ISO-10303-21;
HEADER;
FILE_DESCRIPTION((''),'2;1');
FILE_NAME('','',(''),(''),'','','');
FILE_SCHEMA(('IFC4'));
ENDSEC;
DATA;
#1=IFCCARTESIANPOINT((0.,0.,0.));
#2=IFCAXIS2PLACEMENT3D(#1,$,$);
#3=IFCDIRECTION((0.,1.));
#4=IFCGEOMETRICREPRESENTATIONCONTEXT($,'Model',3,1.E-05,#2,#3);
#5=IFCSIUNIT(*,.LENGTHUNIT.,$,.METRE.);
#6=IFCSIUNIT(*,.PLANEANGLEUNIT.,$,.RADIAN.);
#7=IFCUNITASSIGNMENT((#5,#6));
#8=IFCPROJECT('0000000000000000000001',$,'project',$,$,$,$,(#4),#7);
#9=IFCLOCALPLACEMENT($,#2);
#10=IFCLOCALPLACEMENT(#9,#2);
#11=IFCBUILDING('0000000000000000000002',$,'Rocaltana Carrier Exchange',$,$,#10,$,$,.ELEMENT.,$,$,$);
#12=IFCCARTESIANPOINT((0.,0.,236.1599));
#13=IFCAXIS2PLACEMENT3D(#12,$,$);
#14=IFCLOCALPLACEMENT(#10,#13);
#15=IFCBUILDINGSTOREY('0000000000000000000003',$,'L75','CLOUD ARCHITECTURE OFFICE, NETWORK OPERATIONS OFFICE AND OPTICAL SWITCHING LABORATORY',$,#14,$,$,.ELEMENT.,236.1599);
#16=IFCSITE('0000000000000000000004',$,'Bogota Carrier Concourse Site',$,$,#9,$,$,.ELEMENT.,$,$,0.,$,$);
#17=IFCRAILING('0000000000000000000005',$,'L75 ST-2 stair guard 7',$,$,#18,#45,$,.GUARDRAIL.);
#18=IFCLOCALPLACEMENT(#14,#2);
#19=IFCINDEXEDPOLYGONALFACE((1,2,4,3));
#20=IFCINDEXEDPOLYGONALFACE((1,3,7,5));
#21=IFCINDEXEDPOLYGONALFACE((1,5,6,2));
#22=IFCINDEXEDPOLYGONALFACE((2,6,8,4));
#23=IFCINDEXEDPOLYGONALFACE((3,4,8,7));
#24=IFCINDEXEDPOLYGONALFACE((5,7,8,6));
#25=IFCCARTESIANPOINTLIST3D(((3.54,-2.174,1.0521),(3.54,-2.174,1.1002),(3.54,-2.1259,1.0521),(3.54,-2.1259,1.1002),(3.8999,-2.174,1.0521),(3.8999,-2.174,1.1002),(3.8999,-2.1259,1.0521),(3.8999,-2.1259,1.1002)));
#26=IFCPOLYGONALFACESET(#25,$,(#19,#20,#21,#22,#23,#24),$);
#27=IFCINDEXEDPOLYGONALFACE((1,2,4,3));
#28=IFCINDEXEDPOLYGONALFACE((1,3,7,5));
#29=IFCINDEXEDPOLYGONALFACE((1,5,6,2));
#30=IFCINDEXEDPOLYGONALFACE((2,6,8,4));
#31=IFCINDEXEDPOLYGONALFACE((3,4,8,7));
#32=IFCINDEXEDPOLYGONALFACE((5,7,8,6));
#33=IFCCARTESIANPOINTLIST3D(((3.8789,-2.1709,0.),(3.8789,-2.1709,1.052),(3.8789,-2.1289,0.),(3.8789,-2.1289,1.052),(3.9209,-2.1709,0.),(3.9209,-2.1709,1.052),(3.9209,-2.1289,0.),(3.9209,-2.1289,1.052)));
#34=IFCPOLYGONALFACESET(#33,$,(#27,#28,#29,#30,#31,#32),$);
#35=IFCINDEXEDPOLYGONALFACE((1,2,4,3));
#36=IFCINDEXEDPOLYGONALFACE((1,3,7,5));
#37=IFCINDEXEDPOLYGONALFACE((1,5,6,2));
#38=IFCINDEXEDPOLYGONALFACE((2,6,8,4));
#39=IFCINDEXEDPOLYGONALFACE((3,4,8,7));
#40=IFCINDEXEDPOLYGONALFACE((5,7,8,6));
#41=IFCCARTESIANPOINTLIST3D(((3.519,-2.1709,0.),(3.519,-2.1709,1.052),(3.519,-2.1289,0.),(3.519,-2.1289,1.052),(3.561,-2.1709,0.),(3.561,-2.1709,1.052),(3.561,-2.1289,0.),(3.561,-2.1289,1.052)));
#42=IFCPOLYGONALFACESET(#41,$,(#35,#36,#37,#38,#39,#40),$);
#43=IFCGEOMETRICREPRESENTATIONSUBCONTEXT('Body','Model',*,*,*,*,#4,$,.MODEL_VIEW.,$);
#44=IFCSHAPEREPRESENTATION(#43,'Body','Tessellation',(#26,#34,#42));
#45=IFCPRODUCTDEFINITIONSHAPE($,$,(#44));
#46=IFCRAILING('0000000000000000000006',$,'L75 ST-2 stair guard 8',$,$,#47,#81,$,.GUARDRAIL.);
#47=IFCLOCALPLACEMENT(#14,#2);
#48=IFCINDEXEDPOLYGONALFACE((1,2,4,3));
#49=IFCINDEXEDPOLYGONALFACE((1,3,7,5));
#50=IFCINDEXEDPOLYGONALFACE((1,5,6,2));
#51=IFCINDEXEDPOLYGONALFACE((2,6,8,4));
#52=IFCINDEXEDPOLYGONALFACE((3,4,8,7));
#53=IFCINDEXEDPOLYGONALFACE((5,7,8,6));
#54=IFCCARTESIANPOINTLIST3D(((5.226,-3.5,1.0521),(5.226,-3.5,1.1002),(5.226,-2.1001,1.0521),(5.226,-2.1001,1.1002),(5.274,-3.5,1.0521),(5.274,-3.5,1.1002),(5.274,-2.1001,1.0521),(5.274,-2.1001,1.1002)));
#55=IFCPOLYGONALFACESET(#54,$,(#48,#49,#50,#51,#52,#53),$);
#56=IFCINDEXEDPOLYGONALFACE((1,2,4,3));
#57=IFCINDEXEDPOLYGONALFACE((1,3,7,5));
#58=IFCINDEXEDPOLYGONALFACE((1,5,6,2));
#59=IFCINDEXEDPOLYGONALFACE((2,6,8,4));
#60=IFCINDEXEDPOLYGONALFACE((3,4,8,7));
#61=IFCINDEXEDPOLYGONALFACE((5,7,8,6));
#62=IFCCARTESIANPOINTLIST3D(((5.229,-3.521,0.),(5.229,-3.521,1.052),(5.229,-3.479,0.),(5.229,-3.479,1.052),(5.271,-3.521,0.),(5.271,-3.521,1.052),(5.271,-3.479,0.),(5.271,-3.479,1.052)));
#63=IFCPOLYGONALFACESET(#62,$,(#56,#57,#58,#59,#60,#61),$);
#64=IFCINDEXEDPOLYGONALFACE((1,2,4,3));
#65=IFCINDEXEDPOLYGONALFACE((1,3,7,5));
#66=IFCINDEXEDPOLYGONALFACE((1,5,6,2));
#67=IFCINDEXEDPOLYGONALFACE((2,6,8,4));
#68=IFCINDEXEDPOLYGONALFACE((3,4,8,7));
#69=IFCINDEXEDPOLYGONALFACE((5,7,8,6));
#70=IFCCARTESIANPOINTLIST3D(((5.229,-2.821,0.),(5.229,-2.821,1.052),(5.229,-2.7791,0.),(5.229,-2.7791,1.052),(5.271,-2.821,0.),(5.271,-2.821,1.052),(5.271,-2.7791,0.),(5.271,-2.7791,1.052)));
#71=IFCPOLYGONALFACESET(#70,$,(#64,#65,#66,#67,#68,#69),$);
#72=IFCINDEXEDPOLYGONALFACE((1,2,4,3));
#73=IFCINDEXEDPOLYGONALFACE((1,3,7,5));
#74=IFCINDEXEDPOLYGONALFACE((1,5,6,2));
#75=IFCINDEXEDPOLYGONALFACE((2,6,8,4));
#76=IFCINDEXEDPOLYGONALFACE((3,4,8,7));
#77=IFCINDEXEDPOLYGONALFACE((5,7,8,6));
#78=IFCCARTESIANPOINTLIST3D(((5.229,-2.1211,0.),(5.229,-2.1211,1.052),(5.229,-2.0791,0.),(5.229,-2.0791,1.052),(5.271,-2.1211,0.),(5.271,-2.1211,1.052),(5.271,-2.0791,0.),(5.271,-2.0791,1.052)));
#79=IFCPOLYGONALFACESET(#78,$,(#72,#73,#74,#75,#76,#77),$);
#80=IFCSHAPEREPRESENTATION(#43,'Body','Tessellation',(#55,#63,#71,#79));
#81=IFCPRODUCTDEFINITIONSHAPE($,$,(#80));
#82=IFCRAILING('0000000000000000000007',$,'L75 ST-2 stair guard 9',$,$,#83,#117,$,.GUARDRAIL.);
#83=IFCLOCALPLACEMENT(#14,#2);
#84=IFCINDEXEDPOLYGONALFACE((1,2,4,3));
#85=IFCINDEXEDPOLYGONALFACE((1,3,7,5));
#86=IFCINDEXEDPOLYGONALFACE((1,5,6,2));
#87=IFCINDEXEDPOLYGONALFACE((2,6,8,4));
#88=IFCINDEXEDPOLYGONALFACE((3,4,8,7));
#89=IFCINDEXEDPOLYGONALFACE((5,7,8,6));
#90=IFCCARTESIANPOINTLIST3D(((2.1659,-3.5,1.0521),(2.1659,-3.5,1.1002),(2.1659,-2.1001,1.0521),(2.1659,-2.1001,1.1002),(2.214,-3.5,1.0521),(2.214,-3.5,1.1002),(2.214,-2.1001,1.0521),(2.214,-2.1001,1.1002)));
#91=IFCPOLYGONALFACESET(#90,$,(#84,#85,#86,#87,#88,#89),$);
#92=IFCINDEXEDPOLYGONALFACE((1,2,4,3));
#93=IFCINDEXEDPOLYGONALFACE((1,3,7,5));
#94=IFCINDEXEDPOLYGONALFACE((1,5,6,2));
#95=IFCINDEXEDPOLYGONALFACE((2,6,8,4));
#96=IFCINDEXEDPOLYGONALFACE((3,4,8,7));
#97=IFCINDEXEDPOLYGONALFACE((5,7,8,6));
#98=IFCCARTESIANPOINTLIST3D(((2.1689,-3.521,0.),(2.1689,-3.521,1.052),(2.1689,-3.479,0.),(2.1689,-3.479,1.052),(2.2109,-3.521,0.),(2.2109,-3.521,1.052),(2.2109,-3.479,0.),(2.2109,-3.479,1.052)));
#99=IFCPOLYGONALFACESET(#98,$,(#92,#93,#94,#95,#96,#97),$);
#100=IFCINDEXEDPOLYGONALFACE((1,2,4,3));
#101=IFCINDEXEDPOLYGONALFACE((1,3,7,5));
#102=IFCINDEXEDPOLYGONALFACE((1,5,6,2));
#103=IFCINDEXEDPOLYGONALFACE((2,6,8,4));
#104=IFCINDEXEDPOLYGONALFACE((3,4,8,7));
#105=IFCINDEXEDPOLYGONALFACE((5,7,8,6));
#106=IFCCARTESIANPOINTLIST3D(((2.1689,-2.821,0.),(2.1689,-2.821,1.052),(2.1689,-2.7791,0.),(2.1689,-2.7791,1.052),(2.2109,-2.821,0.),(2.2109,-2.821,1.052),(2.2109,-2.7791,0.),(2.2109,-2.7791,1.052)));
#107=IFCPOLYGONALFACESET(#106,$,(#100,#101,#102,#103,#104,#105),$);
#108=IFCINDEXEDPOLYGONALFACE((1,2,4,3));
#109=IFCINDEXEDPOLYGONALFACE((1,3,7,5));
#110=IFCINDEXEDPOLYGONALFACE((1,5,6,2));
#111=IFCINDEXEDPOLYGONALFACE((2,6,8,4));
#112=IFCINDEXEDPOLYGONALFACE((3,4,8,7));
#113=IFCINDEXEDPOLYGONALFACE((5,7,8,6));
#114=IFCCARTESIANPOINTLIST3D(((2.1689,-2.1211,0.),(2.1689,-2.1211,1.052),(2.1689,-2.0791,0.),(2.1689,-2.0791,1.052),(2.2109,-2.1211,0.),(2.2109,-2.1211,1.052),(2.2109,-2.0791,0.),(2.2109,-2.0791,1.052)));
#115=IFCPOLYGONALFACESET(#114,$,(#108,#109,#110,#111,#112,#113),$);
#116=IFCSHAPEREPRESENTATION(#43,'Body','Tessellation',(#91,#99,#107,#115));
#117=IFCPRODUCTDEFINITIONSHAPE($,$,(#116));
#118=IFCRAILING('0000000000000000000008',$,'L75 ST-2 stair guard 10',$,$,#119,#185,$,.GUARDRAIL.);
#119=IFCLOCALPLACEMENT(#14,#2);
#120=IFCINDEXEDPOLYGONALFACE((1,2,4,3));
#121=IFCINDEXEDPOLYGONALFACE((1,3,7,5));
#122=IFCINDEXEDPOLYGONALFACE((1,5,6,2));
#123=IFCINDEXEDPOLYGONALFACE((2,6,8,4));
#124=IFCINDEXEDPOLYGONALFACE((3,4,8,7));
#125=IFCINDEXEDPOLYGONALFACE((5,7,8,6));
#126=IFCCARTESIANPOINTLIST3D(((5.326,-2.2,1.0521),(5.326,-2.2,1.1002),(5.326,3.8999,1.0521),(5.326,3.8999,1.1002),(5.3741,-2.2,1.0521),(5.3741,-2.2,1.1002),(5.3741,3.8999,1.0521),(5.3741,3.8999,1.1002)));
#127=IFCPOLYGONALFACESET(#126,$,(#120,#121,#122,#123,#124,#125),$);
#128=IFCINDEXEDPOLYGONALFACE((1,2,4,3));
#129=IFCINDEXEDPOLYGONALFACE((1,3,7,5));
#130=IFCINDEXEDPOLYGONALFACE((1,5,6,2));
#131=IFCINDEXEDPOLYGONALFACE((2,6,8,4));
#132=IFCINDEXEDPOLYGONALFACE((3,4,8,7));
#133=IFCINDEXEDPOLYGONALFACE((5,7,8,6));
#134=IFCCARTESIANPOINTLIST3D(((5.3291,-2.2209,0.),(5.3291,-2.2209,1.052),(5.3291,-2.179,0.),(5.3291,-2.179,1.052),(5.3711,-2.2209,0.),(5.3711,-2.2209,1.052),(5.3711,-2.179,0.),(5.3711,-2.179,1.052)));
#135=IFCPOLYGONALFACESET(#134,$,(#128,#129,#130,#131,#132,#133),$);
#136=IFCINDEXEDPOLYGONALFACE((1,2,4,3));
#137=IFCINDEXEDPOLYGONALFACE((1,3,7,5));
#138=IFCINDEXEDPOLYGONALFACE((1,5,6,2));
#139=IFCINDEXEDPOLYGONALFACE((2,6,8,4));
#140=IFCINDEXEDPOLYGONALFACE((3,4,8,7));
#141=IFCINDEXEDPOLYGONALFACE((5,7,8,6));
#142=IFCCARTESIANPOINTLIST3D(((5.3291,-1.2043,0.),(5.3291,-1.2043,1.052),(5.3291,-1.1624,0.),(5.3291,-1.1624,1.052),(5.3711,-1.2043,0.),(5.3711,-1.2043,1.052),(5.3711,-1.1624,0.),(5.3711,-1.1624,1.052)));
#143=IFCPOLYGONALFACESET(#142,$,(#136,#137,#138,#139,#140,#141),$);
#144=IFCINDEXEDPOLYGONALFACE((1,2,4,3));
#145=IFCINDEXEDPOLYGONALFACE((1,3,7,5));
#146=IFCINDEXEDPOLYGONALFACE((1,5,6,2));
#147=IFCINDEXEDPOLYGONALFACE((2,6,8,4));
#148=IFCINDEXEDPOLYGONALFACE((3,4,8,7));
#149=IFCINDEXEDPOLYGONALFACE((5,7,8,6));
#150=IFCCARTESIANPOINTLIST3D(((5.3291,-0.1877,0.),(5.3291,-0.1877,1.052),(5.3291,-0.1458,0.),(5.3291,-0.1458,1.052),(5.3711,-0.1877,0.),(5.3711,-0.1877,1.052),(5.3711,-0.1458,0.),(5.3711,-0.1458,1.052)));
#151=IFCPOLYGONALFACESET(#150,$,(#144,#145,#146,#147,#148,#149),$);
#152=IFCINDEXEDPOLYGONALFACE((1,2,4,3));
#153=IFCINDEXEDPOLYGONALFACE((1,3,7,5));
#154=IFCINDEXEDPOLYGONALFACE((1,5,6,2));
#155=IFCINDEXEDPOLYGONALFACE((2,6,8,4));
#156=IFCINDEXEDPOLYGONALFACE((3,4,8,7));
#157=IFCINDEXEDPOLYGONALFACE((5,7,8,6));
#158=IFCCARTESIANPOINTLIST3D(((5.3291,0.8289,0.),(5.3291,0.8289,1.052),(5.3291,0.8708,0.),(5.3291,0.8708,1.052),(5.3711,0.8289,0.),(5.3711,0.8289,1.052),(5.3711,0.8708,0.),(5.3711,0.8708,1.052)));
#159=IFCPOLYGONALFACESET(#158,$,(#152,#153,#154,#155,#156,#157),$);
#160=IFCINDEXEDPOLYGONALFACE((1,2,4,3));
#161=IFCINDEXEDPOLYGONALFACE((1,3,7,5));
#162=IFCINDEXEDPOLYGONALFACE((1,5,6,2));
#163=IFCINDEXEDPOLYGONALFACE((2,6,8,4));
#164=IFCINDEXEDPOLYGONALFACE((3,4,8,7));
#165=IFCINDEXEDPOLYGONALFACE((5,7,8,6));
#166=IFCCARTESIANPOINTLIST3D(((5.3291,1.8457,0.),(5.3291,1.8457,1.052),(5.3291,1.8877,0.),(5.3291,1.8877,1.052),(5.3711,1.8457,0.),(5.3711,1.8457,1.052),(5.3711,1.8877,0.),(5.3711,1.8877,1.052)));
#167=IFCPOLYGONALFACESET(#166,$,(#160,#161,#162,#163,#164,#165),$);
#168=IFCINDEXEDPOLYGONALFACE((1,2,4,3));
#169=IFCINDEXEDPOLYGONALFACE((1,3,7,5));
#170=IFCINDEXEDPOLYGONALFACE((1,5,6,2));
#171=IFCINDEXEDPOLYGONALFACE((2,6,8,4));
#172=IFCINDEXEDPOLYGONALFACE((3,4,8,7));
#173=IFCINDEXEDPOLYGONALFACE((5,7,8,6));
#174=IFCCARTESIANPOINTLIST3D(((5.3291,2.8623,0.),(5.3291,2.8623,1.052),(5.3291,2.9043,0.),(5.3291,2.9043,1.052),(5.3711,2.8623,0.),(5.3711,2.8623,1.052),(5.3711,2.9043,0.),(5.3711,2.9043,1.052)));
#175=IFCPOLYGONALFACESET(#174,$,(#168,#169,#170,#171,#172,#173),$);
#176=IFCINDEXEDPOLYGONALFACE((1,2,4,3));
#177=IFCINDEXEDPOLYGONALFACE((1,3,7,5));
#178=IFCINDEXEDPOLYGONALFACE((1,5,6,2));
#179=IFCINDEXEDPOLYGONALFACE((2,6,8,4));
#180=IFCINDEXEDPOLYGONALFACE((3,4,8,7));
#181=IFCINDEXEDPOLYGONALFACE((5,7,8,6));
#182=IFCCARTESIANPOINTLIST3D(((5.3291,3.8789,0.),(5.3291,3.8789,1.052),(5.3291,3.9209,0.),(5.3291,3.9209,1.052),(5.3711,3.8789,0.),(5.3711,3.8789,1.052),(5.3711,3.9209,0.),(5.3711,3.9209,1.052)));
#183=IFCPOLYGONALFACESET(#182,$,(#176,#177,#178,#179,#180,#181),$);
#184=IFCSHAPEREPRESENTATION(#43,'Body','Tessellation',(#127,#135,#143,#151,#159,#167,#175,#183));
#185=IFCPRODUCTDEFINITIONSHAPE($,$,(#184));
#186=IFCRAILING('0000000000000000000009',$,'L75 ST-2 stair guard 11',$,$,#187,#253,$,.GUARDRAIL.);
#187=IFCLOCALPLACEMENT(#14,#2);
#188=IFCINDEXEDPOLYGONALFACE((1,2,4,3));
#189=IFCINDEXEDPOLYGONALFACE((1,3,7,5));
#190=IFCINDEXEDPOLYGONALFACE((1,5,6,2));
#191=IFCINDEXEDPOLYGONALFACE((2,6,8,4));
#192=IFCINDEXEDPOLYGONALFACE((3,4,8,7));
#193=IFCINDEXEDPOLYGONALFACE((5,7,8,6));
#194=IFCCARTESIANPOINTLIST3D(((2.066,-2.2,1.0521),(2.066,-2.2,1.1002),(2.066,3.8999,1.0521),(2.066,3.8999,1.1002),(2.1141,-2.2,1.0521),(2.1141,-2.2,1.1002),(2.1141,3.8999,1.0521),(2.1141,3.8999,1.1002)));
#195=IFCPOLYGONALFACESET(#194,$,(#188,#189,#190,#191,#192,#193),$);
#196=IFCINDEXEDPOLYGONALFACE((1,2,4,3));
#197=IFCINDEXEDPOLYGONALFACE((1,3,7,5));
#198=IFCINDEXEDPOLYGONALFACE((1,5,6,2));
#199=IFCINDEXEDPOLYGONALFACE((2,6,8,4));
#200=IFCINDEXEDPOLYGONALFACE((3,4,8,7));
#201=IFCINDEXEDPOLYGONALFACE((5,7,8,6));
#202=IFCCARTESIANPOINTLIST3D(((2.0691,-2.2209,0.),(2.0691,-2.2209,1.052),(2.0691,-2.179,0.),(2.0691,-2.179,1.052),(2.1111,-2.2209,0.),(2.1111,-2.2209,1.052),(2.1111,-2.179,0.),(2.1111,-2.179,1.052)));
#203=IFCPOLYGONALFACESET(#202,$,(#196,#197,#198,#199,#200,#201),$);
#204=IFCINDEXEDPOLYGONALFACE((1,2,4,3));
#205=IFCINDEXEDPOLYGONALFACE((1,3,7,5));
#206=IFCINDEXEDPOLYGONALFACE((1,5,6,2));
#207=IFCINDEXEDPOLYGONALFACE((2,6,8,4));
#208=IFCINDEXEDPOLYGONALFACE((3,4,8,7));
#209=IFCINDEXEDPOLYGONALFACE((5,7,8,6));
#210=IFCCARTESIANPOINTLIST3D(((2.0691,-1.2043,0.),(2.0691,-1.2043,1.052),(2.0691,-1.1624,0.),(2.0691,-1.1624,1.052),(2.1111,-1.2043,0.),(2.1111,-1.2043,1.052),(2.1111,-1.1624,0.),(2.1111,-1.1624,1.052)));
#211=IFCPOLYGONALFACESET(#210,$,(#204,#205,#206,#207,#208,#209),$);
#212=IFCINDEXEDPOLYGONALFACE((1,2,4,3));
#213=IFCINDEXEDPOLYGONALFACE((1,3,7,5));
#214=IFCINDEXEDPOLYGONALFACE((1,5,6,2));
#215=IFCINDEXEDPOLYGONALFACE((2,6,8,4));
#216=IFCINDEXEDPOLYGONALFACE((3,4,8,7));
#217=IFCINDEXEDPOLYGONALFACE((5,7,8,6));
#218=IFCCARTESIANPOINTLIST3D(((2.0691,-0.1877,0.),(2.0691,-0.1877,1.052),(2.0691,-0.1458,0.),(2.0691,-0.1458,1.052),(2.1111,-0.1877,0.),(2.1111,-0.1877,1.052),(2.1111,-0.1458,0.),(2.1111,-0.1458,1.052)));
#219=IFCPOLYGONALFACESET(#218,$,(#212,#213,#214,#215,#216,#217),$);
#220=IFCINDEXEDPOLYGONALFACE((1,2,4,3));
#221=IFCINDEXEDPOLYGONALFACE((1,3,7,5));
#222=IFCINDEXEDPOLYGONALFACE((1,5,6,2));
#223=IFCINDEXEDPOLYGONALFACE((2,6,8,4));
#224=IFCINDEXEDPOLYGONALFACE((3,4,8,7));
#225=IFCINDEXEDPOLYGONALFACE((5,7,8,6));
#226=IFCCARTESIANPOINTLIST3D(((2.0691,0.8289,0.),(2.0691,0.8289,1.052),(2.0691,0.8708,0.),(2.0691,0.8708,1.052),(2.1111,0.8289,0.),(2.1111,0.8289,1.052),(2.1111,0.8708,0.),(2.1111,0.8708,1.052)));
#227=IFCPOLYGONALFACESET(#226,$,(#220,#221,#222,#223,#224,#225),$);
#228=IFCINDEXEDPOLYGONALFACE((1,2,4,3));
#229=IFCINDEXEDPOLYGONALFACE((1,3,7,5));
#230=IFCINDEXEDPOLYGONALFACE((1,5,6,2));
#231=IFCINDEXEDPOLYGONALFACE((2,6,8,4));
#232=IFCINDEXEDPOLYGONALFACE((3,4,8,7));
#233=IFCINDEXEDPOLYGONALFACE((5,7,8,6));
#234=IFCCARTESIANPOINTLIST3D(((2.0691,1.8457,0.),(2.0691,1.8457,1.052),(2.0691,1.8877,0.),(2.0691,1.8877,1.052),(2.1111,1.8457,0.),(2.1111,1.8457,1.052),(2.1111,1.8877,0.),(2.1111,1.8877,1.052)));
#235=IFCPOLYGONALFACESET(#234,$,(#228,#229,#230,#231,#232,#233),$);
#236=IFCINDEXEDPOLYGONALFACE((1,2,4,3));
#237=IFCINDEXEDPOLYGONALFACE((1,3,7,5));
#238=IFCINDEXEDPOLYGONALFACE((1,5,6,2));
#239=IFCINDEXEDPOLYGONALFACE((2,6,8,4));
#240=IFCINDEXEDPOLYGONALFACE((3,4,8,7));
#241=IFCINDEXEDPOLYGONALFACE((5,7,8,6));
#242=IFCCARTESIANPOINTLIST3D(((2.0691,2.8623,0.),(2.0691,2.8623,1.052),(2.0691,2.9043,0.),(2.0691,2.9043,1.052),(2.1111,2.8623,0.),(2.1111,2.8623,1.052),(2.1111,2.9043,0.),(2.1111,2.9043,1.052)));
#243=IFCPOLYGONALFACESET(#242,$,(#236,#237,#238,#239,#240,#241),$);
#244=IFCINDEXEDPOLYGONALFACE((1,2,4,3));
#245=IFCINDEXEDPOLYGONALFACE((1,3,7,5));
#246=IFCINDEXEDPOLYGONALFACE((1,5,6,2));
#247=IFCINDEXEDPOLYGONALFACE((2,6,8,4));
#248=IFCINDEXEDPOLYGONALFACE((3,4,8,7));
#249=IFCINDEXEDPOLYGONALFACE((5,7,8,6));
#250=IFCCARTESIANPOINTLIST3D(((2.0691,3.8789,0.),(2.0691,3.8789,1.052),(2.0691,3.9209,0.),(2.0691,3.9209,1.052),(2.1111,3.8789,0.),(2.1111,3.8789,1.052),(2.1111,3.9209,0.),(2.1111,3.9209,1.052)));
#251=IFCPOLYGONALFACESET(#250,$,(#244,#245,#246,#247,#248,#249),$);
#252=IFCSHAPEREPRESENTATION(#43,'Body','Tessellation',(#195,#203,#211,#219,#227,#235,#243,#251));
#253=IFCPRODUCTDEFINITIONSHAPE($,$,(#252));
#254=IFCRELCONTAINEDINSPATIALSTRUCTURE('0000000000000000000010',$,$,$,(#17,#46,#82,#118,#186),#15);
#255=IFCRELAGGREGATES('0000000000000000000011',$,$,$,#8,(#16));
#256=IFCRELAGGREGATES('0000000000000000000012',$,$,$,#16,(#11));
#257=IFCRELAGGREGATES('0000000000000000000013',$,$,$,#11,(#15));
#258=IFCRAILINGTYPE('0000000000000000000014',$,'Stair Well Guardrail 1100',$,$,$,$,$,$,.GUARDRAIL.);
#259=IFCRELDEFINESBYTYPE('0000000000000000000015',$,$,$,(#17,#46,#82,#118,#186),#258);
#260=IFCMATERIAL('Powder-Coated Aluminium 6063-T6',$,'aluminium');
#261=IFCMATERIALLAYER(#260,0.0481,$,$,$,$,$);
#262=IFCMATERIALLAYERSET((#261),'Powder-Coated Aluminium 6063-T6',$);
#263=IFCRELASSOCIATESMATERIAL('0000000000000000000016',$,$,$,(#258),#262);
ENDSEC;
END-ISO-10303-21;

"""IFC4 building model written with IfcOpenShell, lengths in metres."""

from ifc_helpers import new_model, si_unit, direction, frame, origin, origin_2d, place, context, subcontext, project, spatial, rectangle, extrude, material, layer, layer_set, type_object, element, save


model = new_model("IFC4")

# Units and contexts
model_context = context("Model", 3, precision=1e-05, world=origin(), true_north=direction((0.0, 1.0)))
body_context = subcontext(model_context, "Body", "Model", "MODEL_VIEW")
ifc_project = project(units=[si_unit("LENGTHUNIT", "METRE"), si_unit("PLANEANGLEUNIT", "RADIAN")], contexts=[model_context])

# Site, building, storey
site_placement = place(None, origin())
site = spatial("IfcSite", under=ifc_project, at=site_placement, Name="Bogota Carrier Concourse Site", CompositionType="ELEMENT", RefElevation=0.0)
building_placement = place(site_placement, origin())
building = spatial("IfcBuilding", under=site, at=building_placement, Name="Rocaltana Carrier Exchange", CompositionType="ELEMENT")
storey_placement = place(building_placement, frame((0.0, 0.0, 236.1599)))
storey = spatial("IfcBuildingStorey", under=building, at=storey_placement, Name="L75", Description="CLOUD ARCHITECTURE OFFICE, NETWORK OPERATIONS OFFICE AND OPTICAL SWITCHING LABORATORY", CompositionType="ELEMENT", Elevation=236.1599)

# Railings
ifc_material_1 = material(Name="Powder-Coated Aluminium 6063-T6", Category="aluminium")
ifc_layer_1 = layer(ifc_material_1, 0.0481)
ifc_layer_set_1 = layer_set([ifc_layer_1], Name="Powder-Coated Aluminium 6063-T6")
railing_type_1 = type_object("IfcRailingType", Name="Stair Well Guardrail 1100", PredefinedType="GUARDRAIL", material=ifc_layer_set_1)
railing_1_placement = place(storey_placement, frame((3.8999, -2.1499, 0.0)))
element("IfcRailing", 1, at=railing_1_placement, inside=storey, type_object=railing_type_1, Name="L75 ST-2 stair guard 7", PredefinedType="GUARDRAIL", context=body_context, shape_type="SweptSolid", body=[
    extrude(rectangle(XDim=0.0481, YDim=0.0481, at=origin_2d()), frame((0.0, 0.0, 1.0762), z_axis=(-1.0, 0.0, 0.0), x_axis=(0.0, -1.0, 0.0)), (0.0, 0.0, 1.0), 0.3599),
    extrude(rectangle(XDim=0.042, YDim=0.042, at=origin_2d()), origin(), (0.0, 0.0, 1.0), 1.052),
    extrude(rectangle(XDim=0.042, YDim=0.042, at=origin_2d()), frame((-0.3599, 0.0, 0.0)), (0.0, 0.0, 1.0), 1.052),
])
for number, where, name in (
    (2, (5.25, -3.5, 0.0), "L75 ST-2 stair guard 8"),
    (3, (2.1899, -3.5, 0.0), "L75 ST-2 stair guard 9"),
):
    element("IfcRailing", number, at=place(storey_placement, frame(where)), inside=storey, type_object=railing_type_1, Name=name, PredefinedType="GUARDRAIL", context=body_context, shape_type="SweptSolid", body=[
        extrude(rectangle(XDim=0.0481, YDim=0.0481, at=origin_2d()), frame((0.0, 0.0, 1.0762), z_axis=(0.0, 1.0, 0.0), x_axis=(-1.0, 0.0, 0.0)), (0.0, 0.0, 1.0), 1.3999),
        extrude(rectangle(XDim=0.042, YDim=0.042, at=origin_2d()), origin(), (0.0, 0.0, 1.0), 1.052),
        extrude(rectangle(XDim=0.042, YDim=0.042, at=origin_2d()), frame((0.0, 0.7, 0.0)), (0.0, 0.0, 1.0), 1.052),
        extrude(rectangle(XDim=0.042, YDim=0.042, at=origin_2d()), frame((0.0, 1.3999, 0.0)), (0.0, 0.0, 1.0), 1.052),
    ])
for number, where, name in (
    (4, (5.3501, -2.2, 0.0), "L75 ST-2 stair guard 10"),
    (5, (2.0901, -2.2, 0.0), "L75 ST-2 stair guard 11"),
):
    element("IfcRailing", number, at=place(storey_placement, frame(where)), inside=storey, type_object=railing_type_1, Name=name, PredefinedType="GUARDRAIL", context=body_context, shape_type="SweptSolid", body=[
        extrude(rectangle(XDim=0.0481, YDim=0.0481, at=origin_2d()), frame((0.0, 0.0, 1.0762), z_axis=(0.0, 1.0, 0.0), x_axis=(-1.0, 0.0, 0.0)), (0.0, 0.0, 1.0), 6.0999),
        extrude(rectangle(XDim=0.042, YDim=0.042, at=origin_2d()), origin(), (0.0, 0.0, 1.0), 1.052),
        extrude(rectangle(XDim=0.042, YDim=0.042, at=origin_2d()), frame((0.0, 1.0166, 0.0)), (0.0, 0.0, 1.0), 1.052),
        extrude(rectangle(XDim=0.042, YDim=0.042, at=origin_2d()), frame((0.0, 2.0332, 0.0)), (0.0, 0.0, 1.0), 1.052),
        extrude(rectangle(XDim=0.042, YDim=0.042, at=origin_2d()), frame((0.0, 3.0498, 0.0)), (0.0, 0.0, 1.0), 1.052),
        extrude(rectangle(XDim=0.042, YDim=0.042, at=origin_2d()), frame((0.0, 4.0667, 0.0)), (0.0, 0.0, 1.0), 1.052),
        extrude(rectangle(XDim=0.042, YDim=0.042, at=origin_2d()), frame((0.0, 5.0833, 0.0)), (0.0, 0.0, 1.0), 1.052),
        extrude(rectangle(XDim=0.042, YDim=0.042, at=origin_2d()), frame((0.0, 6.0999, 0.0)), (0.0, 0.0, 1.0), 1.052),
    ])

save(model, "model.ifc")
